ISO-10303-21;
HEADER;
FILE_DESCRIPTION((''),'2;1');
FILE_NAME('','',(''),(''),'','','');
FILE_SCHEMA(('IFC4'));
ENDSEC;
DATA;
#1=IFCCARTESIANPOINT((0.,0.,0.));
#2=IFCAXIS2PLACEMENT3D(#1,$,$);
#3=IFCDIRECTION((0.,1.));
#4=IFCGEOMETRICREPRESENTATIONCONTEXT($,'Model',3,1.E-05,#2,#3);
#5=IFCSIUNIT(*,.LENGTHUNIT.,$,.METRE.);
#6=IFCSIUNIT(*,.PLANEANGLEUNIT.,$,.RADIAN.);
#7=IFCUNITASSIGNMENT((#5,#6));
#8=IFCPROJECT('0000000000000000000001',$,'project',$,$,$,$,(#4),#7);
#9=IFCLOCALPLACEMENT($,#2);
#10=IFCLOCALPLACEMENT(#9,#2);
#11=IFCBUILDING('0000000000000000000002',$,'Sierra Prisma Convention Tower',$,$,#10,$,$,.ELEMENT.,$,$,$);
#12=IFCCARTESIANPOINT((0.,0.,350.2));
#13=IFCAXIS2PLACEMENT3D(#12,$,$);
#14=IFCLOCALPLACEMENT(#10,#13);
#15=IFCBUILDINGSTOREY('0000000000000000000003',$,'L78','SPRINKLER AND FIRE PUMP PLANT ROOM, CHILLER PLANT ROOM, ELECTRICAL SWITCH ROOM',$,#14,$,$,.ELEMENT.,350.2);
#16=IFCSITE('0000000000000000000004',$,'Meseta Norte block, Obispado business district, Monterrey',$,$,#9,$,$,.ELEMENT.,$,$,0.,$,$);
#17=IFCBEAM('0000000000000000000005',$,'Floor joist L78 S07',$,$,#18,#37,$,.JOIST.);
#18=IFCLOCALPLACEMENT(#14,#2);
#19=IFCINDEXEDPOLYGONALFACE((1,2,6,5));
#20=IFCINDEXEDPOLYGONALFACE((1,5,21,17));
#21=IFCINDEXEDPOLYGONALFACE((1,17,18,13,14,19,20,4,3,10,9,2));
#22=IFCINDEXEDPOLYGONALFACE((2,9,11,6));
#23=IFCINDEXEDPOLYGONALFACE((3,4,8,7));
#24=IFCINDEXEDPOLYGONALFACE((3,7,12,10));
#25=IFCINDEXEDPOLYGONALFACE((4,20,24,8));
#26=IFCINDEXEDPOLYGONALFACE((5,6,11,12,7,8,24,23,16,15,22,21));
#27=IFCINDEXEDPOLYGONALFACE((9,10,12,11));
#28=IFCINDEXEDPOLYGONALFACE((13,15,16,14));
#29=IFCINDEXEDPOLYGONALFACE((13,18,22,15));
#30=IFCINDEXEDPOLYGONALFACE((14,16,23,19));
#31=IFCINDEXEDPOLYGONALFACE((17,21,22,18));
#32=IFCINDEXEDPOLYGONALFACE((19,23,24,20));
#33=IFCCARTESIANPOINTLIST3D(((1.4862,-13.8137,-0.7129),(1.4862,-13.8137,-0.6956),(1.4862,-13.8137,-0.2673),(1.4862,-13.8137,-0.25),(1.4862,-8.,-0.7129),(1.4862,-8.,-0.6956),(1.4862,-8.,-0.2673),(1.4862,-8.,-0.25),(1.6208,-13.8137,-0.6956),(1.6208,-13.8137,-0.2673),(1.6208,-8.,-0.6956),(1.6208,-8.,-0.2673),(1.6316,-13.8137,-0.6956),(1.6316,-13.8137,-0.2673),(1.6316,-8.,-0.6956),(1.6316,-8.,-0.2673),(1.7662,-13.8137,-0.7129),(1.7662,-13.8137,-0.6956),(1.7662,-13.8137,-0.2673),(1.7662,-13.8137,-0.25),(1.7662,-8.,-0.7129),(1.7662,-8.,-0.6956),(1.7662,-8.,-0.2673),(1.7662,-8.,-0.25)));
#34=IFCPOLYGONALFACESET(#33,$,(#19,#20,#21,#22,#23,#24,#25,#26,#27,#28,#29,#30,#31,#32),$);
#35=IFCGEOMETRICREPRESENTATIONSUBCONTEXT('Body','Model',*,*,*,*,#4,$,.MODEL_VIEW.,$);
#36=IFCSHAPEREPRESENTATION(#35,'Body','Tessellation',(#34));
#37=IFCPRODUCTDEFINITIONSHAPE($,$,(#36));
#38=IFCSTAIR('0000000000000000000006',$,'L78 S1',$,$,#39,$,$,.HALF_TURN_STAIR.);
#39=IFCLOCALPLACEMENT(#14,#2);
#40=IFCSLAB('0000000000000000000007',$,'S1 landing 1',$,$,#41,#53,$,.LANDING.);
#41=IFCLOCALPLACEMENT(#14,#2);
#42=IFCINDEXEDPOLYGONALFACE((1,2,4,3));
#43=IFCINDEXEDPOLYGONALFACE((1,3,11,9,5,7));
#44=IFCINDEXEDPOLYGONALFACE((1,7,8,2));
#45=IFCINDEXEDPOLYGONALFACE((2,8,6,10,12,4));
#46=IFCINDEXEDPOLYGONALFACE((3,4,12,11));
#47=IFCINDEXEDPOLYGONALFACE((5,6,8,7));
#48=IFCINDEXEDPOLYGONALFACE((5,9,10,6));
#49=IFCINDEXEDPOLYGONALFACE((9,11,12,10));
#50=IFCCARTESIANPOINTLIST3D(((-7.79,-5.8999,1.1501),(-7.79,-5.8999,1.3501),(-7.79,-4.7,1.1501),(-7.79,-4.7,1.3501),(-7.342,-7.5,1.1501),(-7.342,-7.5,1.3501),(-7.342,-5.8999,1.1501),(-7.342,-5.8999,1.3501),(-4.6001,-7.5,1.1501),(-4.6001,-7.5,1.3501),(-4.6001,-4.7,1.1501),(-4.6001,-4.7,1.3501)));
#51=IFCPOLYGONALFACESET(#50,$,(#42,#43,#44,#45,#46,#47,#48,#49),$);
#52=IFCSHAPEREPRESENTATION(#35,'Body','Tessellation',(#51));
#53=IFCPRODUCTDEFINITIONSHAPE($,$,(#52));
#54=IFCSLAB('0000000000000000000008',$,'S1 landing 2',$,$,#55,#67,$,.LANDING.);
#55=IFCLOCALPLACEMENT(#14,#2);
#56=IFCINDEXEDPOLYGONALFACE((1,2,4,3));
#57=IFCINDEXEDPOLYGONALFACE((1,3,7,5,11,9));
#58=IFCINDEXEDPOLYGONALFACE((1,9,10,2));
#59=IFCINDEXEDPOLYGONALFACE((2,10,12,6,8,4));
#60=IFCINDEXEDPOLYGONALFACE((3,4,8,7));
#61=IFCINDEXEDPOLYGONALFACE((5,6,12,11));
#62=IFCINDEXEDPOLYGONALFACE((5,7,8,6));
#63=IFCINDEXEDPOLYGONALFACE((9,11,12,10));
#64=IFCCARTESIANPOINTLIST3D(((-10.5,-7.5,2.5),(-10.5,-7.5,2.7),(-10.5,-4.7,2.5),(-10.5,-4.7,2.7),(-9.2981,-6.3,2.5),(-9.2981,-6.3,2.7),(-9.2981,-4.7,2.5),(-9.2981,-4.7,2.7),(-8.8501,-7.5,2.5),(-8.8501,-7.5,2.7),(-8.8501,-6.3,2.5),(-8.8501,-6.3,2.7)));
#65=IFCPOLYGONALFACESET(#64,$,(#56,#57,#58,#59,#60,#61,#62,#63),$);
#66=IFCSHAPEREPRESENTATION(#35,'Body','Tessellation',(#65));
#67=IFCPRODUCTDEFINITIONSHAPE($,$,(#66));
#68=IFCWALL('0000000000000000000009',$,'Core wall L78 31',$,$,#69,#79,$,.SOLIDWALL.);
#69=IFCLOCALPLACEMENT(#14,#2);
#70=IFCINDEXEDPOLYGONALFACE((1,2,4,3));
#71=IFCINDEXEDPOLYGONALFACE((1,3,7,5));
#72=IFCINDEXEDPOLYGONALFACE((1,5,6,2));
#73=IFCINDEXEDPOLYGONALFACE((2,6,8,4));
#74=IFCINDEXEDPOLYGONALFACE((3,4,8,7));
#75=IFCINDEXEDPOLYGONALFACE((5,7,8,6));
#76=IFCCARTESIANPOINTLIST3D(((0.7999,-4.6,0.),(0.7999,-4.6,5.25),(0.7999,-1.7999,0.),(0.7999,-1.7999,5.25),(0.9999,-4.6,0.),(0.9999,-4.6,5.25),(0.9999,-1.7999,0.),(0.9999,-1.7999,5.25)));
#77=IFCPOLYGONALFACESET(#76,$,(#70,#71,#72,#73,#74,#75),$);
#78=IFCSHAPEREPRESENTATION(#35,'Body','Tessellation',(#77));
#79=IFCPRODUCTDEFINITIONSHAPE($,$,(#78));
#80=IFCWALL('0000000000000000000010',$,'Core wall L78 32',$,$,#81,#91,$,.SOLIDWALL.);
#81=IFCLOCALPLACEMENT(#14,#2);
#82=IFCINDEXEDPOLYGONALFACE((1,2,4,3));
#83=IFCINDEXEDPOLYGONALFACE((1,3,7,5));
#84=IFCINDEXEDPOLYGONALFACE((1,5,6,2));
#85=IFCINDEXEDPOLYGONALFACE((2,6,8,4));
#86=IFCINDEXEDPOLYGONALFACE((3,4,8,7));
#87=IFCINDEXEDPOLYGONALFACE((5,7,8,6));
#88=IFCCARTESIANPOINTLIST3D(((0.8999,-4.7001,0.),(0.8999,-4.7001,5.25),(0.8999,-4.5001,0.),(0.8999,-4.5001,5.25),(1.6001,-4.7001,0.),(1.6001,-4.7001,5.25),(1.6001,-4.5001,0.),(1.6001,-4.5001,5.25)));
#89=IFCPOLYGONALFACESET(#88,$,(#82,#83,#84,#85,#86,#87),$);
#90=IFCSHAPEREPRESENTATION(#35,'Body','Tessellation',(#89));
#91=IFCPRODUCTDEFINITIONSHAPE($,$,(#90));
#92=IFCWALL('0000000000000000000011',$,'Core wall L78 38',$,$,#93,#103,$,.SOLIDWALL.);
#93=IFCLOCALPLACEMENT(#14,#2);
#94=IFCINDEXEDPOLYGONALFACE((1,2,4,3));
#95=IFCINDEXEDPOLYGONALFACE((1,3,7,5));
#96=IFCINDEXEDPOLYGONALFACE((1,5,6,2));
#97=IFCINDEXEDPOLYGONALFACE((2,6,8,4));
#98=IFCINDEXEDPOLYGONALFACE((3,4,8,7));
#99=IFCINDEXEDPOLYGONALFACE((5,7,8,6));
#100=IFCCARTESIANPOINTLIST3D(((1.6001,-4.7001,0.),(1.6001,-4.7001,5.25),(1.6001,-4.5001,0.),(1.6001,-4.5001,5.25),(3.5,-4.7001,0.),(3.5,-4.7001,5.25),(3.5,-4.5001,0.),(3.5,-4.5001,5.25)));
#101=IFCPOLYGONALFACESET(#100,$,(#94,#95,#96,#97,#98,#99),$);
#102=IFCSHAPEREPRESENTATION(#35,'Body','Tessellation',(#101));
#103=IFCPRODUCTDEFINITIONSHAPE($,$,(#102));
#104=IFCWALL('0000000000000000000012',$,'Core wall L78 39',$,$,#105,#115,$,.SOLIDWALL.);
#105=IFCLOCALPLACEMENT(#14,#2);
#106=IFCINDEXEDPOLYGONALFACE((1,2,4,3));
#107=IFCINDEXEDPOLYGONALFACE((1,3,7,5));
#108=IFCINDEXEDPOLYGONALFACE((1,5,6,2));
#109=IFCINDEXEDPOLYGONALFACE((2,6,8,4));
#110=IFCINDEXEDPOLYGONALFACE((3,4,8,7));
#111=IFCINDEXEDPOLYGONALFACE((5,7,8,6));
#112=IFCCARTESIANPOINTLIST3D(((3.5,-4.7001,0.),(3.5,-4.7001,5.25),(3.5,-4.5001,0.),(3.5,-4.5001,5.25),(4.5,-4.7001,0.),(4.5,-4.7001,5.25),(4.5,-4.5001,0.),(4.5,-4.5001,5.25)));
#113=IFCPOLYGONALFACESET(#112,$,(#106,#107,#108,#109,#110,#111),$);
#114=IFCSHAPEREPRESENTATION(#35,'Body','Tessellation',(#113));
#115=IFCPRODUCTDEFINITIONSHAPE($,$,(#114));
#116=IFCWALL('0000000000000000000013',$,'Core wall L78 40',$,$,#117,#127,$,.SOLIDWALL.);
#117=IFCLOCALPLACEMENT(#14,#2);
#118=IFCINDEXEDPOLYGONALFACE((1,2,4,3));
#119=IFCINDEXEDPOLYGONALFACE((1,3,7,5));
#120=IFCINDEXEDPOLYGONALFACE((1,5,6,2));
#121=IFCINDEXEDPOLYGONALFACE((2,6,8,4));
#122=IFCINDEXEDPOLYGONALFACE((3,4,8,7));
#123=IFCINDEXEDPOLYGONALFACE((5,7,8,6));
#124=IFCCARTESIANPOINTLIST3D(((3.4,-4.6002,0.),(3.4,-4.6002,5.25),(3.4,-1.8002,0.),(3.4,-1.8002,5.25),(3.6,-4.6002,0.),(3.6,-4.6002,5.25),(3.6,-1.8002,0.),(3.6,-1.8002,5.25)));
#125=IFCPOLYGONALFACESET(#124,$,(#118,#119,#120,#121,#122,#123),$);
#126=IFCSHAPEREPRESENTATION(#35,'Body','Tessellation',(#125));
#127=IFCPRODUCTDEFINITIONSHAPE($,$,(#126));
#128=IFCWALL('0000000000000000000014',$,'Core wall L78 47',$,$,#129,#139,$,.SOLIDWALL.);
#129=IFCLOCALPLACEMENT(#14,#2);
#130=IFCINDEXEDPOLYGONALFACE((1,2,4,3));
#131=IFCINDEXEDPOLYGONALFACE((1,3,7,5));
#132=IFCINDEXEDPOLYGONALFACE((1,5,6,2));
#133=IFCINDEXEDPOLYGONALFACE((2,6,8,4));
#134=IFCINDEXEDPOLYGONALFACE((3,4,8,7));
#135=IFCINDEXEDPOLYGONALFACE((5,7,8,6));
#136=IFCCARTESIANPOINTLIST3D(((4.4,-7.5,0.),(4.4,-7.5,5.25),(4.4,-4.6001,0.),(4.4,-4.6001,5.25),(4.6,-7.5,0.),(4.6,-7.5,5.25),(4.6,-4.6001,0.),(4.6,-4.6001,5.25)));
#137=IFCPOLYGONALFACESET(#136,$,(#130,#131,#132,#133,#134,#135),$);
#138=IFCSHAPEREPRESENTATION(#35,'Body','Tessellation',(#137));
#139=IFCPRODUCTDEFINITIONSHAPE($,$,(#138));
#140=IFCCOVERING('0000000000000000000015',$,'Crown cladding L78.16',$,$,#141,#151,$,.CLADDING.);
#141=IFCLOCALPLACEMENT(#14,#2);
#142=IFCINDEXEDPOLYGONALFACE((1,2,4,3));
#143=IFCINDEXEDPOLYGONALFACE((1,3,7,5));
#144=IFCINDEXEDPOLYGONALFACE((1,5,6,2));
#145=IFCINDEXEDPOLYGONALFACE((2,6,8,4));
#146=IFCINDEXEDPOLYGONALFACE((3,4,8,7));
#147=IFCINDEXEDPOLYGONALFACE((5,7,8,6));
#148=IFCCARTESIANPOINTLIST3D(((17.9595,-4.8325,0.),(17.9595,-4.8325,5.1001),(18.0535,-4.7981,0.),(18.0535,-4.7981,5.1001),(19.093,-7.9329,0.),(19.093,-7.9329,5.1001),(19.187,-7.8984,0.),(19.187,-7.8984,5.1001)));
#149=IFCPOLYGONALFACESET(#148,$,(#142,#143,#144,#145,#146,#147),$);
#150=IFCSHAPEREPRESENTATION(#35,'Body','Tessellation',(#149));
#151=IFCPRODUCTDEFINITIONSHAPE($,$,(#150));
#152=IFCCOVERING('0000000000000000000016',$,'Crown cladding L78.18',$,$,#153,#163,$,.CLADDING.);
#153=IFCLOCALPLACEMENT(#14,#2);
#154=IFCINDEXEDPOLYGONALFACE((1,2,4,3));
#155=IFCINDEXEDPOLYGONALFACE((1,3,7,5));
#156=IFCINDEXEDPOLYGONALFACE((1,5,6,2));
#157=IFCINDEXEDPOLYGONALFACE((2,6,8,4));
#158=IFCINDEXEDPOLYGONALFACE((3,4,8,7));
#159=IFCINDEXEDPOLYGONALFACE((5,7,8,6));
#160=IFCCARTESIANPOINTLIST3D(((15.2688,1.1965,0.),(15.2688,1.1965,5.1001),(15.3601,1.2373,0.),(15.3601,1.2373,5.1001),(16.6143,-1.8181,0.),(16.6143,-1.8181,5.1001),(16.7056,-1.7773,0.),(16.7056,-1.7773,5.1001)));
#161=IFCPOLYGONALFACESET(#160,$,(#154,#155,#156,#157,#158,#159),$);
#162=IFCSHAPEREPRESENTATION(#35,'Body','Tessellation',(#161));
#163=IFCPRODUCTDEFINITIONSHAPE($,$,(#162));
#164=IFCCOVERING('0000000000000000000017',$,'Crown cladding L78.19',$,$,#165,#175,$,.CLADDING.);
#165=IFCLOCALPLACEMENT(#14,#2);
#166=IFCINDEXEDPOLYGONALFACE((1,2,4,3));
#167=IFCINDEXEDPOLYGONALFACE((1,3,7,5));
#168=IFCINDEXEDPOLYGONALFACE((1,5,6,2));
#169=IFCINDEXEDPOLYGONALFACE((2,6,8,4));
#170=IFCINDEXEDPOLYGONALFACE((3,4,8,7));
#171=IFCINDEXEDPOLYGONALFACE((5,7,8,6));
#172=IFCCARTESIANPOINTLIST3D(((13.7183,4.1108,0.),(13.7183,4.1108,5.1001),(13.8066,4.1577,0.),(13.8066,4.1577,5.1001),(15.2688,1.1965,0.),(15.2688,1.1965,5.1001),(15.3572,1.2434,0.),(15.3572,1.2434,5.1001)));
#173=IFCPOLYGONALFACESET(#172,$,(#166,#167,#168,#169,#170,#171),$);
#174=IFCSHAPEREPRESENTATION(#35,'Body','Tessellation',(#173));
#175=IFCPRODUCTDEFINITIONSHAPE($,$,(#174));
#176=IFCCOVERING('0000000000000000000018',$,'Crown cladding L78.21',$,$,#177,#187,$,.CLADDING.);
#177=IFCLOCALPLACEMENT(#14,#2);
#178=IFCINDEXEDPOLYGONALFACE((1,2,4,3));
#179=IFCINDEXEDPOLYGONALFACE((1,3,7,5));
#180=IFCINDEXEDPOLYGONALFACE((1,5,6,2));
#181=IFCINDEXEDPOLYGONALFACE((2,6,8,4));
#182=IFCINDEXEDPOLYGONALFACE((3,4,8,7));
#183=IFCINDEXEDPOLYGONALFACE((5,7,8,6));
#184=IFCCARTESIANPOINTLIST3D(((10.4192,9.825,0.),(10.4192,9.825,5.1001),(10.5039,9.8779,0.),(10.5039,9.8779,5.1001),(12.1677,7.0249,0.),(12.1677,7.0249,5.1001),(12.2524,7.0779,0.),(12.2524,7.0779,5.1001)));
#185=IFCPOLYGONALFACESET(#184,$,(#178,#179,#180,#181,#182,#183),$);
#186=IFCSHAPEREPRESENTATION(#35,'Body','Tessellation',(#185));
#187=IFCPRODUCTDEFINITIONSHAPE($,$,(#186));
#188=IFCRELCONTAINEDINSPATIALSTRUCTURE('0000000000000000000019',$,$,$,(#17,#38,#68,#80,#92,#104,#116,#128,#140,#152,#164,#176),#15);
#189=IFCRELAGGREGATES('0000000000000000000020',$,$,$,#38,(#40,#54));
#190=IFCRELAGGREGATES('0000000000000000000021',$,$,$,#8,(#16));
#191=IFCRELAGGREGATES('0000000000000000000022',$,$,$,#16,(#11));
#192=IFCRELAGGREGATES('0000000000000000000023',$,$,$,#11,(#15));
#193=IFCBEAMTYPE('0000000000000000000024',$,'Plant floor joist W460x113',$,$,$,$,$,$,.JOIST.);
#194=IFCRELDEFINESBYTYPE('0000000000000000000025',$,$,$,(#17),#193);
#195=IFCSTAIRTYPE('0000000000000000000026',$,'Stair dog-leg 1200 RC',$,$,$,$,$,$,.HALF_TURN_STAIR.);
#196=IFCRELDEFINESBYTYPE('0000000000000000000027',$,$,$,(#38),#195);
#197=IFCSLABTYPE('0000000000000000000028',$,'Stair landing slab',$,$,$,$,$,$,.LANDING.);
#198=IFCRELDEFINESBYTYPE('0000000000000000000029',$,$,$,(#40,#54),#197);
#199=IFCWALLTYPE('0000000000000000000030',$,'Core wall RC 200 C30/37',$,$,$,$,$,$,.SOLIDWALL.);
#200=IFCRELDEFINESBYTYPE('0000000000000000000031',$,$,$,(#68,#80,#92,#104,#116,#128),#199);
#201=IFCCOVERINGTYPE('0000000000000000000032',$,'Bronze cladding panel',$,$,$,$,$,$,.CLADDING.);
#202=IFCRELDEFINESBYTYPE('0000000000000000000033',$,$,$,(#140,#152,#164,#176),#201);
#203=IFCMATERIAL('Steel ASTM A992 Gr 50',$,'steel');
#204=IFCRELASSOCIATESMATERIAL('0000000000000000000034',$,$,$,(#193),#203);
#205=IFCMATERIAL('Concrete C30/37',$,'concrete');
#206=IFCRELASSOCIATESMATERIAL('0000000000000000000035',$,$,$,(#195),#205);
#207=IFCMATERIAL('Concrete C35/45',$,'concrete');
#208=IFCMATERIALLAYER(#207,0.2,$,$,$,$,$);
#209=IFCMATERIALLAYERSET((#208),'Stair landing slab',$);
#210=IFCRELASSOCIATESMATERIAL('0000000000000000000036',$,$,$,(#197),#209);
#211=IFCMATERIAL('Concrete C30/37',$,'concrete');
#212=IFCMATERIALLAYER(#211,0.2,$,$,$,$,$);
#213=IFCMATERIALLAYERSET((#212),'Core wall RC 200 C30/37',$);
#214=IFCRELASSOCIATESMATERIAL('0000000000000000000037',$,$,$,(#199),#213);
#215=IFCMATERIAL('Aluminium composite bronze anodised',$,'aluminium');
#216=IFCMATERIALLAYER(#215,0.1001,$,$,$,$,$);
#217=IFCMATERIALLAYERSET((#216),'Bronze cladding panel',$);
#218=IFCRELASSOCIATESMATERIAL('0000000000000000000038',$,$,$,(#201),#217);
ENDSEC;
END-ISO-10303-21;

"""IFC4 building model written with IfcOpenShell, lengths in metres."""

from ifc_helpers import new_model, si_unit, direction, frame, frame_2d, origin, origin_2d, place, context, subcontext, project, spatial, polyline, rectangle, i_section, outline, extrude, material, layer, layer_set, material_profile, profile_set, type_object, element, aggregate, save


model = new_model("IFC4")

# Units and contexts
model_context = context("Model", 3, precision=1e-05, world=origin(), true_north=direction((0.0, 1.0)))
body_context = subcontext(model_context, "Body", "Model", "MODEL_VIEW")
ifc_project = project(units=[si_unit("LENGTHUNIT", "METRE"), si_unit("PLANEANGLEUNIT", "RADIAN")], contexts=[model_context])

# Site, building, storey
site_placement = place(None, origin())
site = spatial("IfcSite", under=ifc_project, at=site_placement, Name="Meseta Norte block, Obispado business district, Monterrey", CompositionType="ELEMENT", RefElevation=0.0)
building_placement = place(site_placement, origin())
building = spatial("IfcBuilding", under=site, at=building_placement, Name="Sierra Prisma Convention Tower", CompositionType="ELEMENT")
storey_placement = place(building_placement, frame((0.0, 0.0, 350.2)))
storey = spatial("IfcBuildingStorey", under=building, at=storey_placement, Name="L78", Description="SPRINKLER AND FIRE PUMP PLANT ROOM, CHILLER PLANT ROOM, ELECTRICAL SWITCH ROOM", CompositionType="ELEMENT", Elevation=350.2)

# Beam
ifc_material_1 = material(Name="Steel ASTM A992 Gr 50", Category="steel")
ifc_material_profile_1 = material_profile(ifc_material_1, i_section(OverallWidth=0.28, OverallDepth=0.4629, WebThickness=0.0107, FlangeThickness=0.0173, at=origin_2d()), Name="W460x113")
ifc_profile_set_1 = profile_set([ifc_material_profile_1], Name="Steel ASTM A992 Gr 50")
beam_type_1 = type_object("IfcBeamType", Name="Plant floor joist W460x113", PredefinedType="JOIST", material=ifc_profile_set_1)
beam_1_placement = place(storey_placement, frame((1.6262, -13.8137, -0.4814), z_axis=(0.0, 1.0, 0.0), x_axis=(-1.0, 0.0, 0.0)))
element("IfcBeam", 1, at=beam_1_placement, inside=storey, type_object=beam_type_1, Name="Floor joist L78 S07", PredefinedType="JOIST", context=body_context, shape_type="SweptSolid", body=[
    extrude(i_section(OverallWidth=0.28, OverallDepth=0.4629, WebThickness=0.0107, FlangeThickness=0.0173, at=origin_2d()), origin(), (0.0, 0.0, 1.0), 5.8137),
])

# Stair, slabs
ifc_material_2 = material(Name="Concrete C30/37", Category="concrete")
stair_type = type_object("IfcStairType", Name="Stair dog-leg 1200 RC", PredefinedType="HALF_TURN_STAIR", material=ifc_material_2)
stair_placement = place(storey_placement, origin())
stair = element("IfcStair", 2, at=stair_placement, inside=storey, type_object=stair_type, Name="L78 S1", PredefinedType="HALF_TURN_STAIR")
ifc_material_3 = material(Name="Concrete C35/45", Category="concrete")
ifc_layer_1 = layer(ifc_material_3, 0.2)
ifc_layer_set_1 = layer_set([ifc_layer_1], Name="Stair landing slab")
slab_type = type_object("IfcSlabType", Name="Stair landing slab", PredefinedType="LANDING", material=ifc_layer_set_1)
slab_1_placement = place(storey_placement, frame((0.0, 0.0, 1.1501)))
slab_1 = element("IfcSlab", 3, at=slab_1_placement, type_object=slab_type, Name="S1 landing 1", PredefinedType="LANDING", context=body_context, shape_type="SweptSolid", body=[
    extrude(outline(polyline([(-4.6001, -4.7), (-4.6001, -7.5), (-7.342, -7.5), (-7.342, -5.8999), (-7.79, -5.8999), (-7.79, -4.7), (-4.6001, -4.7)])), origin(), (0.0, 0.0, 1.0), 0.2),
])
slab_2_placement = place(storey_placement, frame((0.0, 0.0, 2.5)))
slab_2 = element("IfcSlab", 4, at=slab_2_placement, type_object=slab_type, Name="S1 landing 2", PredefinedType="LANDING", context=body_context, shape_type="SweptSolid", body=[
    extrude(outline(polyline([(-10.5, -7.5), (-10.5, -4.7), (-9.2981, -4.7), (-9.2981, -6.3), (-8.8501, -6.3), (-8.8501, -7.5), (-10.5, -7.5)])), origin(), (0.0, 0.0, 1.0), 0.2),
])
aggregate(stair, [slab_1, slab_2])

# Shared definitions
ifc_material_4 = material(Name="Concrete C30/37", Category="concrete")
ifc_layer_2 = layer(ifc_material_4, 0.2)
ifc_layer_set_2 = layer_set([ifc_layer_2], Name="Core wall RC 200 C30/37")
wall_type = type_object("IfcWallType", Name="Core wall RC 200 C30/37", PredefinedType="SOLIDWALL", material=ifc_layer_set_2)

# Walls
wall_1_placement = place(storey_placement, frame((0.8999, -1.8, 0.0), z_axis=(0.0, 0.0, 1.0), x_axis=(0.0, -1.0, 0.0)))
element("IfcWall", 5, at=wall_1_placement, inside=storey, type_object=wall_type, Name="Core wall L78 31", PredefinedType="SOLIDWALL", context=body_context, shape_type="SweptSolid", body=[
    extrude(rectangle(XDim=2.8, YDim=0.2, at=frame_2d((1.3999, 0.0))), origin(), (0.0, 0.0, 1.0), 5.25),
])
wall_2_placement = place(storey_placement, frame((0.8999, -4.6001, 0.0), z_axis=(0.0, 0.0, 1.0), x_axis=(1.0, 0.0, 0.0)))
element("IfcWall", 6, at=wall_2_placement, inside=storey, type_object=wall_type, Name="Core wall L78 32", PredefinedType="SOLIDWALL", context=body_context, shape_type="SweptSolid", body=[
    extrude(rectangle(XDim=0.7002, YDim=0.2, at=frame_2d((0.3501, 0.0))), origin(), (0.0, 0.0, 1.0), 5.25),
])

# Walls
wall_3_placement = place(storey_placement, frame((1.6001, -4.6001, 0.0), z_axis=(0.0, 0.0, 1.0), x_axis=(1.0, 0.0, 0.0)))
element("IfcWall", 7, at=wall_3_placement, inside=storey, type_object=wall_type, Name="Core wall L78 38", PredefinedType="SOLIDWALL", context=body_context, shape_type="SweptSolid", body=[
    extrude(rectangle(XDim=1.8999, YDim=0.2, at=frame_2d((0.95, 0.0))), origin(), (0.0, 0.0, 1.0), 5.25),
])
wall_4_placement = place(storey_placement, frame((3.5, -4.6001, 0.0), z_axis=(0.0, 0.0, 1.0), x_axis=(1.0, 0.0, 0.0)))
element("IfcWall", 8, at=wall_4_placement, inside=storey, type_object=wall_type, Name="Core wall L78 39", PredefinedType="SOLIDWALL", context=body_context, shape_type="SweptSolid", body=[
    extrude(rectangle(XDim=1.0, YDim=0.2, at=frame_2d((0.5, 0.0))), origin(), (0.0, 0.0, 1.0), 5.25),
])
wall_5_placement = place(storey_placement, frame((3.5, -4.6001, 0.0), z_axis=(0.0, 0.0, 1.0), x_axis=(0.0, 1.0, 0.0)))
element("IfcWall", 9, at=wall_5_placement, inside=storey, type_object=wall_type, Name="Core wall L78 40", PredefinedType="SOLIDWALL", context=body_context, shape_type="SweptSolid", body=[
    extrude(rectangle(XDim=2.8, YDim=0.2, at=frame_2d((1.3999, 0.0))), origin(), (0.0, 0.0, 1.0), 5.25),
])
wall_6_placement = place(storey_placement, frame((4.5, -4.6001, 0.0), z_axis=(0.0, 0.0, 1.0), x_axis=(0.0, -1.0, 0.0)))
element("IfcWall", 10, at=wall_6_placement, inside=storey, type_object=wall_type, Name="Core wall L78 47", PredefinedType="SOLIDWALL", context=body_context, shape_type="SweptSolid", body=[
    extrude(rectangle(XDim=2.8999, YDim=0.2, at=frame_2d((1.45, 0.0))), origin(), (0.0, 0.0, 1.0), 5.25),
])

# Coverings
ifc_material_5 = material(Name="Aluminium composite bronze anodised", Category="aluminium")
ifc_layer_3 = layer(ifc_material_5, 0.1001)
ifc_layer_set_3 = layer_set([ifc_layer_3], Name="Bronze cladding panel")
covering_type = type_object("IfcCoveringType", Name="Bronze cladding panel", PredefinedType="CLADDING", material=ifc_layer_set_3)
covering_1_placement = place(storey_placement, origin())
element("IfcCovering", 11, at=covering_1_placement, inside=storey, type_object=covering_type, Name="Crown cladding L78.16", PredefinedType="CLADDING", context=body_context, shape_type="SweptSolid", body=[
    extrude(outline(polyline([(19.093, -7.9329), (17.9595, -4.8325), (18.0535, -4.7981), (19.187, -7.8984), (19.093, -7.9329)])), origin(), (0.0, 0.0, 1.0), 5.1001),
])
covering_2_placement = place(storey_placement, origin())
element("IfcCovering", 12, at=covering_2_placement, inside=storey, type_object=covering_type, Name="Crown cladding L78.18", PredefinedType="CLADDING", context=body_context, shape_type="SweptSolid", body=[
    extrude(outline(polyline([(16.6143, -1.8181), (15.2688, 1.1965), (15.3601, 1.2373), (16.7056, -1.7773), (16.6143, -1.8181)])), origin(), (0.0, 0.0, 1.0), 5.1001),
])
covering_3_placement = place(storey_placement, origin())
element("IfcCovering", 13, at=covering_3_placement, inside=storey, type_object=covering_type, Name="Crown cladding L78.19", PredefinedType="CLADDING", context=body_context, shape_type="SweptSolid", body=[
    extrude(outline(polyline([(15.2688, 1.1965), (13.7183, 4.1108), (13.8066, 4.1577), (15.3572, 1.2434), (15.2688, 1.1965)])), origin(), (0.0, 0.0, 1.0), 5.1001),
])
covering_4_placement = place(storey_placement, origin())
element("IfcCovering", 14, at=covering_4_placement, inside=storey, type_object=covering_type, Name="Crown cladding L78.21", PredefinedType="CLADDING", context=body_context, shape_type="SweptSolid", body=[
    extrude(outline(polyline([(12.1677, 7.0249), (10.4192, 9.825), (10.5039, 9.8779), (12.2524, 7.0779), (12.1677, 7.0249)])), origin(), (0.0, 0.0, 1.0), 5.1001),
])

save(model, "model.ifc")
